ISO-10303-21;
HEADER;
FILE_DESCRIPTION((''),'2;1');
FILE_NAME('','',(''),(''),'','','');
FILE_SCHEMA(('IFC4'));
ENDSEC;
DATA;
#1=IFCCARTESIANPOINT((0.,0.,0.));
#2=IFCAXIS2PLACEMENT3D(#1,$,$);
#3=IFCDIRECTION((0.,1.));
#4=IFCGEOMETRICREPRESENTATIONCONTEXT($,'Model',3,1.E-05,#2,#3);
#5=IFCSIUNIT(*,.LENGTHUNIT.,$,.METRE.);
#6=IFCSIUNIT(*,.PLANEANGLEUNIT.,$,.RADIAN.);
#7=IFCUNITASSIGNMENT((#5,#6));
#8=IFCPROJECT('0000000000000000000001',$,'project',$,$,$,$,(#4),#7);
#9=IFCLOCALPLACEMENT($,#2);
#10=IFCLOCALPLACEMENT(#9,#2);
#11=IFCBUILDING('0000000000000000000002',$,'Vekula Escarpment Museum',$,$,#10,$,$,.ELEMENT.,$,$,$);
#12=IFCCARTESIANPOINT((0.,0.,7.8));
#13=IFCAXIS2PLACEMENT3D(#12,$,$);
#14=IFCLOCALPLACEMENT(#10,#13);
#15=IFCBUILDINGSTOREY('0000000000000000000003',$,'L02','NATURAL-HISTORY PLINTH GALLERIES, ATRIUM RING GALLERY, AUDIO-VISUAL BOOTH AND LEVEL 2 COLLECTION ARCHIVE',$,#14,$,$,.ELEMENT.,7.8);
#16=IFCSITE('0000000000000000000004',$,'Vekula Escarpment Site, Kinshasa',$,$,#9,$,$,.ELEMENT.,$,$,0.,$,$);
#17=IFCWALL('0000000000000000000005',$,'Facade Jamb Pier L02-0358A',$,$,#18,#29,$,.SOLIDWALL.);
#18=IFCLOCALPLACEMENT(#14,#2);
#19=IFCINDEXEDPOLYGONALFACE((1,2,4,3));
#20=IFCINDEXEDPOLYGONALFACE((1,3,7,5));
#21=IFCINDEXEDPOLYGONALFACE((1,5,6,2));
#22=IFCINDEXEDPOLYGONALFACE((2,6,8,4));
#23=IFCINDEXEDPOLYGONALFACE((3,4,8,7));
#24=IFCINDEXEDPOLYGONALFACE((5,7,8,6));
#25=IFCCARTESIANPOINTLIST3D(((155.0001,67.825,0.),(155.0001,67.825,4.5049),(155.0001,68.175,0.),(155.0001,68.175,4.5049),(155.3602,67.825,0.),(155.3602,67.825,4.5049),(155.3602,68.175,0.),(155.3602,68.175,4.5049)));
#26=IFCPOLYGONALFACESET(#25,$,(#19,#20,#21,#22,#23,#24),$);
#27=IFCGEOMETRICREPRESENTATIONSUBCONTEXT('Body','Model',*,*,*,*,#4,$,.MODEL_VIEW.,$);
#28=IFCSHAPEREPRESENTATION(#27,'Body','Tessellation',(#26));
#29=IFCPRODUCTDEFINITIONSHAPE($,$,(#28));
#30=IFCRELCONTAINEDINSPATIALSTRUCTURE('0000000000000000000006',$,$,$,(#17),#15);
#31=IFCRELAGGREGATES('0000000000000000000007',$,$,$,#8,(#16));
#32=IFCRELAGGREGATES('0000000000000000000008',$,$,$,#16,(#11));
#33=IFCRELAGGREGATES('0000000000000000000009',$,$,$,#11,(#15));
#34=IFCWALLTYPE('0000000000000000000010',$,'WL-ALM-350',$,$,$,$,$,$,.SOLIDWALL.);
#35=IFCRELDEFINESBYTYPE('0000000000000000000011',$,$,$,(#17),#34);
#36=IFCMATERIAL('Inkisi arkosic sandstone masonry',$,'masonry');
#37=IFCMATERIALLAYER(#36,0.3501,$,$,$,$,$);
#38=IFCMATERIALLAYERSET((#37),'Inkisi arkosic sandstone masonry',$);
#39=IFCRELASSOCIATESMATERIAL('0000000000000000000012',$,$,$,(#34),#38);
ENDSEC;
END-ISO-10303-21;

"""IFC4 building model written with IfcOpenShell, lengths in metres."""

from ifc_helpers import new_model, si_unit, direction, frame, frame_2d, origin, place, context, subcontext, project, spatial, rectangle, extrude, material, layer, layer_set, type_object, element, save


model = new_model("IFC4")

# Units and contexts
model_context = context("Model", 3, precision=1e-05, world=origin(), true_north=direction((0.0, 1.0)))
body_context = subcontext(model_context, "Body", "Model", "MODEL_VIEW")
ifc_project = project(units=[si_unit("LENGTHUNIT", "METRE"), si_unit("PLANEANGLEUNIT", "RADIAN")], contexts=[model_context])

# Site, building, storey
site_placement = place(None, origin())
site = spatial("IfcSite", under=ifc_project, at=site_placement, Name="Vekula Escarpment Site, Kinshasa", CompositionType="ELEMENT", RefElevation=0.0)
building_placement = place(site_placement, origin())
building = spatial("IfcBuilding", under=site, at=building_placement, Name="Vekula Escarpment Museum", CompositionType="ELEMENT")
storey_placement = place(building_placement, frame((0.0, 0.0, 7.8)))
storey = spatial("IfcBuildingStorey", under=building, at=storey_placement, Name="L02", Description="NATURAL-HISTORY PLINTH GALLERIES, ATRIUM RING GALLERY, AUDIO-VISUAL BOOTH AND LEVEL 2 COLLECTION ARCHIVE", CompositionType="ELEMENT", Elevation=7.8)

# Wall
ifc_material_1 = material(Name="Inkisi arkosic sandstone masonry", Category="masonry")
ifc_layer_1 = layer(ifc_material_1, 0.3501)
ifc_layer_set_1 = layer_set([ifc_layer_1], Name="Inkisi arkosic sandstone masonry")
wall_type = type_object("IfcWallType", Name="WL-ALM-350", PredefinedType="SOLIDWALL", material=ifc_layer_set_1)
wall_1_placement = place(storey_placement, frame((155.0, 68.0, 0.0), z_axis=(0.0, 0.0, 1.0), x_axis=(1.0, 0.0, 0.0)))
element("IfcWall", 1, at=wall_1_placement, inside=storey, type_object=wall_type, Name="Facade Jamb Pier L02-0358A", PredefinedType="SOLIDWALL", context=body_context, shape_type="SweptSolid", body=[
    extrude(rectangle(XDim=0.3601, YDim=0.3501, at=frame_2d((0.1802, 0.0))), origin(), (0.0, 0.0, 1.0), 4.5049),
])

save(model, "model.ifc")
